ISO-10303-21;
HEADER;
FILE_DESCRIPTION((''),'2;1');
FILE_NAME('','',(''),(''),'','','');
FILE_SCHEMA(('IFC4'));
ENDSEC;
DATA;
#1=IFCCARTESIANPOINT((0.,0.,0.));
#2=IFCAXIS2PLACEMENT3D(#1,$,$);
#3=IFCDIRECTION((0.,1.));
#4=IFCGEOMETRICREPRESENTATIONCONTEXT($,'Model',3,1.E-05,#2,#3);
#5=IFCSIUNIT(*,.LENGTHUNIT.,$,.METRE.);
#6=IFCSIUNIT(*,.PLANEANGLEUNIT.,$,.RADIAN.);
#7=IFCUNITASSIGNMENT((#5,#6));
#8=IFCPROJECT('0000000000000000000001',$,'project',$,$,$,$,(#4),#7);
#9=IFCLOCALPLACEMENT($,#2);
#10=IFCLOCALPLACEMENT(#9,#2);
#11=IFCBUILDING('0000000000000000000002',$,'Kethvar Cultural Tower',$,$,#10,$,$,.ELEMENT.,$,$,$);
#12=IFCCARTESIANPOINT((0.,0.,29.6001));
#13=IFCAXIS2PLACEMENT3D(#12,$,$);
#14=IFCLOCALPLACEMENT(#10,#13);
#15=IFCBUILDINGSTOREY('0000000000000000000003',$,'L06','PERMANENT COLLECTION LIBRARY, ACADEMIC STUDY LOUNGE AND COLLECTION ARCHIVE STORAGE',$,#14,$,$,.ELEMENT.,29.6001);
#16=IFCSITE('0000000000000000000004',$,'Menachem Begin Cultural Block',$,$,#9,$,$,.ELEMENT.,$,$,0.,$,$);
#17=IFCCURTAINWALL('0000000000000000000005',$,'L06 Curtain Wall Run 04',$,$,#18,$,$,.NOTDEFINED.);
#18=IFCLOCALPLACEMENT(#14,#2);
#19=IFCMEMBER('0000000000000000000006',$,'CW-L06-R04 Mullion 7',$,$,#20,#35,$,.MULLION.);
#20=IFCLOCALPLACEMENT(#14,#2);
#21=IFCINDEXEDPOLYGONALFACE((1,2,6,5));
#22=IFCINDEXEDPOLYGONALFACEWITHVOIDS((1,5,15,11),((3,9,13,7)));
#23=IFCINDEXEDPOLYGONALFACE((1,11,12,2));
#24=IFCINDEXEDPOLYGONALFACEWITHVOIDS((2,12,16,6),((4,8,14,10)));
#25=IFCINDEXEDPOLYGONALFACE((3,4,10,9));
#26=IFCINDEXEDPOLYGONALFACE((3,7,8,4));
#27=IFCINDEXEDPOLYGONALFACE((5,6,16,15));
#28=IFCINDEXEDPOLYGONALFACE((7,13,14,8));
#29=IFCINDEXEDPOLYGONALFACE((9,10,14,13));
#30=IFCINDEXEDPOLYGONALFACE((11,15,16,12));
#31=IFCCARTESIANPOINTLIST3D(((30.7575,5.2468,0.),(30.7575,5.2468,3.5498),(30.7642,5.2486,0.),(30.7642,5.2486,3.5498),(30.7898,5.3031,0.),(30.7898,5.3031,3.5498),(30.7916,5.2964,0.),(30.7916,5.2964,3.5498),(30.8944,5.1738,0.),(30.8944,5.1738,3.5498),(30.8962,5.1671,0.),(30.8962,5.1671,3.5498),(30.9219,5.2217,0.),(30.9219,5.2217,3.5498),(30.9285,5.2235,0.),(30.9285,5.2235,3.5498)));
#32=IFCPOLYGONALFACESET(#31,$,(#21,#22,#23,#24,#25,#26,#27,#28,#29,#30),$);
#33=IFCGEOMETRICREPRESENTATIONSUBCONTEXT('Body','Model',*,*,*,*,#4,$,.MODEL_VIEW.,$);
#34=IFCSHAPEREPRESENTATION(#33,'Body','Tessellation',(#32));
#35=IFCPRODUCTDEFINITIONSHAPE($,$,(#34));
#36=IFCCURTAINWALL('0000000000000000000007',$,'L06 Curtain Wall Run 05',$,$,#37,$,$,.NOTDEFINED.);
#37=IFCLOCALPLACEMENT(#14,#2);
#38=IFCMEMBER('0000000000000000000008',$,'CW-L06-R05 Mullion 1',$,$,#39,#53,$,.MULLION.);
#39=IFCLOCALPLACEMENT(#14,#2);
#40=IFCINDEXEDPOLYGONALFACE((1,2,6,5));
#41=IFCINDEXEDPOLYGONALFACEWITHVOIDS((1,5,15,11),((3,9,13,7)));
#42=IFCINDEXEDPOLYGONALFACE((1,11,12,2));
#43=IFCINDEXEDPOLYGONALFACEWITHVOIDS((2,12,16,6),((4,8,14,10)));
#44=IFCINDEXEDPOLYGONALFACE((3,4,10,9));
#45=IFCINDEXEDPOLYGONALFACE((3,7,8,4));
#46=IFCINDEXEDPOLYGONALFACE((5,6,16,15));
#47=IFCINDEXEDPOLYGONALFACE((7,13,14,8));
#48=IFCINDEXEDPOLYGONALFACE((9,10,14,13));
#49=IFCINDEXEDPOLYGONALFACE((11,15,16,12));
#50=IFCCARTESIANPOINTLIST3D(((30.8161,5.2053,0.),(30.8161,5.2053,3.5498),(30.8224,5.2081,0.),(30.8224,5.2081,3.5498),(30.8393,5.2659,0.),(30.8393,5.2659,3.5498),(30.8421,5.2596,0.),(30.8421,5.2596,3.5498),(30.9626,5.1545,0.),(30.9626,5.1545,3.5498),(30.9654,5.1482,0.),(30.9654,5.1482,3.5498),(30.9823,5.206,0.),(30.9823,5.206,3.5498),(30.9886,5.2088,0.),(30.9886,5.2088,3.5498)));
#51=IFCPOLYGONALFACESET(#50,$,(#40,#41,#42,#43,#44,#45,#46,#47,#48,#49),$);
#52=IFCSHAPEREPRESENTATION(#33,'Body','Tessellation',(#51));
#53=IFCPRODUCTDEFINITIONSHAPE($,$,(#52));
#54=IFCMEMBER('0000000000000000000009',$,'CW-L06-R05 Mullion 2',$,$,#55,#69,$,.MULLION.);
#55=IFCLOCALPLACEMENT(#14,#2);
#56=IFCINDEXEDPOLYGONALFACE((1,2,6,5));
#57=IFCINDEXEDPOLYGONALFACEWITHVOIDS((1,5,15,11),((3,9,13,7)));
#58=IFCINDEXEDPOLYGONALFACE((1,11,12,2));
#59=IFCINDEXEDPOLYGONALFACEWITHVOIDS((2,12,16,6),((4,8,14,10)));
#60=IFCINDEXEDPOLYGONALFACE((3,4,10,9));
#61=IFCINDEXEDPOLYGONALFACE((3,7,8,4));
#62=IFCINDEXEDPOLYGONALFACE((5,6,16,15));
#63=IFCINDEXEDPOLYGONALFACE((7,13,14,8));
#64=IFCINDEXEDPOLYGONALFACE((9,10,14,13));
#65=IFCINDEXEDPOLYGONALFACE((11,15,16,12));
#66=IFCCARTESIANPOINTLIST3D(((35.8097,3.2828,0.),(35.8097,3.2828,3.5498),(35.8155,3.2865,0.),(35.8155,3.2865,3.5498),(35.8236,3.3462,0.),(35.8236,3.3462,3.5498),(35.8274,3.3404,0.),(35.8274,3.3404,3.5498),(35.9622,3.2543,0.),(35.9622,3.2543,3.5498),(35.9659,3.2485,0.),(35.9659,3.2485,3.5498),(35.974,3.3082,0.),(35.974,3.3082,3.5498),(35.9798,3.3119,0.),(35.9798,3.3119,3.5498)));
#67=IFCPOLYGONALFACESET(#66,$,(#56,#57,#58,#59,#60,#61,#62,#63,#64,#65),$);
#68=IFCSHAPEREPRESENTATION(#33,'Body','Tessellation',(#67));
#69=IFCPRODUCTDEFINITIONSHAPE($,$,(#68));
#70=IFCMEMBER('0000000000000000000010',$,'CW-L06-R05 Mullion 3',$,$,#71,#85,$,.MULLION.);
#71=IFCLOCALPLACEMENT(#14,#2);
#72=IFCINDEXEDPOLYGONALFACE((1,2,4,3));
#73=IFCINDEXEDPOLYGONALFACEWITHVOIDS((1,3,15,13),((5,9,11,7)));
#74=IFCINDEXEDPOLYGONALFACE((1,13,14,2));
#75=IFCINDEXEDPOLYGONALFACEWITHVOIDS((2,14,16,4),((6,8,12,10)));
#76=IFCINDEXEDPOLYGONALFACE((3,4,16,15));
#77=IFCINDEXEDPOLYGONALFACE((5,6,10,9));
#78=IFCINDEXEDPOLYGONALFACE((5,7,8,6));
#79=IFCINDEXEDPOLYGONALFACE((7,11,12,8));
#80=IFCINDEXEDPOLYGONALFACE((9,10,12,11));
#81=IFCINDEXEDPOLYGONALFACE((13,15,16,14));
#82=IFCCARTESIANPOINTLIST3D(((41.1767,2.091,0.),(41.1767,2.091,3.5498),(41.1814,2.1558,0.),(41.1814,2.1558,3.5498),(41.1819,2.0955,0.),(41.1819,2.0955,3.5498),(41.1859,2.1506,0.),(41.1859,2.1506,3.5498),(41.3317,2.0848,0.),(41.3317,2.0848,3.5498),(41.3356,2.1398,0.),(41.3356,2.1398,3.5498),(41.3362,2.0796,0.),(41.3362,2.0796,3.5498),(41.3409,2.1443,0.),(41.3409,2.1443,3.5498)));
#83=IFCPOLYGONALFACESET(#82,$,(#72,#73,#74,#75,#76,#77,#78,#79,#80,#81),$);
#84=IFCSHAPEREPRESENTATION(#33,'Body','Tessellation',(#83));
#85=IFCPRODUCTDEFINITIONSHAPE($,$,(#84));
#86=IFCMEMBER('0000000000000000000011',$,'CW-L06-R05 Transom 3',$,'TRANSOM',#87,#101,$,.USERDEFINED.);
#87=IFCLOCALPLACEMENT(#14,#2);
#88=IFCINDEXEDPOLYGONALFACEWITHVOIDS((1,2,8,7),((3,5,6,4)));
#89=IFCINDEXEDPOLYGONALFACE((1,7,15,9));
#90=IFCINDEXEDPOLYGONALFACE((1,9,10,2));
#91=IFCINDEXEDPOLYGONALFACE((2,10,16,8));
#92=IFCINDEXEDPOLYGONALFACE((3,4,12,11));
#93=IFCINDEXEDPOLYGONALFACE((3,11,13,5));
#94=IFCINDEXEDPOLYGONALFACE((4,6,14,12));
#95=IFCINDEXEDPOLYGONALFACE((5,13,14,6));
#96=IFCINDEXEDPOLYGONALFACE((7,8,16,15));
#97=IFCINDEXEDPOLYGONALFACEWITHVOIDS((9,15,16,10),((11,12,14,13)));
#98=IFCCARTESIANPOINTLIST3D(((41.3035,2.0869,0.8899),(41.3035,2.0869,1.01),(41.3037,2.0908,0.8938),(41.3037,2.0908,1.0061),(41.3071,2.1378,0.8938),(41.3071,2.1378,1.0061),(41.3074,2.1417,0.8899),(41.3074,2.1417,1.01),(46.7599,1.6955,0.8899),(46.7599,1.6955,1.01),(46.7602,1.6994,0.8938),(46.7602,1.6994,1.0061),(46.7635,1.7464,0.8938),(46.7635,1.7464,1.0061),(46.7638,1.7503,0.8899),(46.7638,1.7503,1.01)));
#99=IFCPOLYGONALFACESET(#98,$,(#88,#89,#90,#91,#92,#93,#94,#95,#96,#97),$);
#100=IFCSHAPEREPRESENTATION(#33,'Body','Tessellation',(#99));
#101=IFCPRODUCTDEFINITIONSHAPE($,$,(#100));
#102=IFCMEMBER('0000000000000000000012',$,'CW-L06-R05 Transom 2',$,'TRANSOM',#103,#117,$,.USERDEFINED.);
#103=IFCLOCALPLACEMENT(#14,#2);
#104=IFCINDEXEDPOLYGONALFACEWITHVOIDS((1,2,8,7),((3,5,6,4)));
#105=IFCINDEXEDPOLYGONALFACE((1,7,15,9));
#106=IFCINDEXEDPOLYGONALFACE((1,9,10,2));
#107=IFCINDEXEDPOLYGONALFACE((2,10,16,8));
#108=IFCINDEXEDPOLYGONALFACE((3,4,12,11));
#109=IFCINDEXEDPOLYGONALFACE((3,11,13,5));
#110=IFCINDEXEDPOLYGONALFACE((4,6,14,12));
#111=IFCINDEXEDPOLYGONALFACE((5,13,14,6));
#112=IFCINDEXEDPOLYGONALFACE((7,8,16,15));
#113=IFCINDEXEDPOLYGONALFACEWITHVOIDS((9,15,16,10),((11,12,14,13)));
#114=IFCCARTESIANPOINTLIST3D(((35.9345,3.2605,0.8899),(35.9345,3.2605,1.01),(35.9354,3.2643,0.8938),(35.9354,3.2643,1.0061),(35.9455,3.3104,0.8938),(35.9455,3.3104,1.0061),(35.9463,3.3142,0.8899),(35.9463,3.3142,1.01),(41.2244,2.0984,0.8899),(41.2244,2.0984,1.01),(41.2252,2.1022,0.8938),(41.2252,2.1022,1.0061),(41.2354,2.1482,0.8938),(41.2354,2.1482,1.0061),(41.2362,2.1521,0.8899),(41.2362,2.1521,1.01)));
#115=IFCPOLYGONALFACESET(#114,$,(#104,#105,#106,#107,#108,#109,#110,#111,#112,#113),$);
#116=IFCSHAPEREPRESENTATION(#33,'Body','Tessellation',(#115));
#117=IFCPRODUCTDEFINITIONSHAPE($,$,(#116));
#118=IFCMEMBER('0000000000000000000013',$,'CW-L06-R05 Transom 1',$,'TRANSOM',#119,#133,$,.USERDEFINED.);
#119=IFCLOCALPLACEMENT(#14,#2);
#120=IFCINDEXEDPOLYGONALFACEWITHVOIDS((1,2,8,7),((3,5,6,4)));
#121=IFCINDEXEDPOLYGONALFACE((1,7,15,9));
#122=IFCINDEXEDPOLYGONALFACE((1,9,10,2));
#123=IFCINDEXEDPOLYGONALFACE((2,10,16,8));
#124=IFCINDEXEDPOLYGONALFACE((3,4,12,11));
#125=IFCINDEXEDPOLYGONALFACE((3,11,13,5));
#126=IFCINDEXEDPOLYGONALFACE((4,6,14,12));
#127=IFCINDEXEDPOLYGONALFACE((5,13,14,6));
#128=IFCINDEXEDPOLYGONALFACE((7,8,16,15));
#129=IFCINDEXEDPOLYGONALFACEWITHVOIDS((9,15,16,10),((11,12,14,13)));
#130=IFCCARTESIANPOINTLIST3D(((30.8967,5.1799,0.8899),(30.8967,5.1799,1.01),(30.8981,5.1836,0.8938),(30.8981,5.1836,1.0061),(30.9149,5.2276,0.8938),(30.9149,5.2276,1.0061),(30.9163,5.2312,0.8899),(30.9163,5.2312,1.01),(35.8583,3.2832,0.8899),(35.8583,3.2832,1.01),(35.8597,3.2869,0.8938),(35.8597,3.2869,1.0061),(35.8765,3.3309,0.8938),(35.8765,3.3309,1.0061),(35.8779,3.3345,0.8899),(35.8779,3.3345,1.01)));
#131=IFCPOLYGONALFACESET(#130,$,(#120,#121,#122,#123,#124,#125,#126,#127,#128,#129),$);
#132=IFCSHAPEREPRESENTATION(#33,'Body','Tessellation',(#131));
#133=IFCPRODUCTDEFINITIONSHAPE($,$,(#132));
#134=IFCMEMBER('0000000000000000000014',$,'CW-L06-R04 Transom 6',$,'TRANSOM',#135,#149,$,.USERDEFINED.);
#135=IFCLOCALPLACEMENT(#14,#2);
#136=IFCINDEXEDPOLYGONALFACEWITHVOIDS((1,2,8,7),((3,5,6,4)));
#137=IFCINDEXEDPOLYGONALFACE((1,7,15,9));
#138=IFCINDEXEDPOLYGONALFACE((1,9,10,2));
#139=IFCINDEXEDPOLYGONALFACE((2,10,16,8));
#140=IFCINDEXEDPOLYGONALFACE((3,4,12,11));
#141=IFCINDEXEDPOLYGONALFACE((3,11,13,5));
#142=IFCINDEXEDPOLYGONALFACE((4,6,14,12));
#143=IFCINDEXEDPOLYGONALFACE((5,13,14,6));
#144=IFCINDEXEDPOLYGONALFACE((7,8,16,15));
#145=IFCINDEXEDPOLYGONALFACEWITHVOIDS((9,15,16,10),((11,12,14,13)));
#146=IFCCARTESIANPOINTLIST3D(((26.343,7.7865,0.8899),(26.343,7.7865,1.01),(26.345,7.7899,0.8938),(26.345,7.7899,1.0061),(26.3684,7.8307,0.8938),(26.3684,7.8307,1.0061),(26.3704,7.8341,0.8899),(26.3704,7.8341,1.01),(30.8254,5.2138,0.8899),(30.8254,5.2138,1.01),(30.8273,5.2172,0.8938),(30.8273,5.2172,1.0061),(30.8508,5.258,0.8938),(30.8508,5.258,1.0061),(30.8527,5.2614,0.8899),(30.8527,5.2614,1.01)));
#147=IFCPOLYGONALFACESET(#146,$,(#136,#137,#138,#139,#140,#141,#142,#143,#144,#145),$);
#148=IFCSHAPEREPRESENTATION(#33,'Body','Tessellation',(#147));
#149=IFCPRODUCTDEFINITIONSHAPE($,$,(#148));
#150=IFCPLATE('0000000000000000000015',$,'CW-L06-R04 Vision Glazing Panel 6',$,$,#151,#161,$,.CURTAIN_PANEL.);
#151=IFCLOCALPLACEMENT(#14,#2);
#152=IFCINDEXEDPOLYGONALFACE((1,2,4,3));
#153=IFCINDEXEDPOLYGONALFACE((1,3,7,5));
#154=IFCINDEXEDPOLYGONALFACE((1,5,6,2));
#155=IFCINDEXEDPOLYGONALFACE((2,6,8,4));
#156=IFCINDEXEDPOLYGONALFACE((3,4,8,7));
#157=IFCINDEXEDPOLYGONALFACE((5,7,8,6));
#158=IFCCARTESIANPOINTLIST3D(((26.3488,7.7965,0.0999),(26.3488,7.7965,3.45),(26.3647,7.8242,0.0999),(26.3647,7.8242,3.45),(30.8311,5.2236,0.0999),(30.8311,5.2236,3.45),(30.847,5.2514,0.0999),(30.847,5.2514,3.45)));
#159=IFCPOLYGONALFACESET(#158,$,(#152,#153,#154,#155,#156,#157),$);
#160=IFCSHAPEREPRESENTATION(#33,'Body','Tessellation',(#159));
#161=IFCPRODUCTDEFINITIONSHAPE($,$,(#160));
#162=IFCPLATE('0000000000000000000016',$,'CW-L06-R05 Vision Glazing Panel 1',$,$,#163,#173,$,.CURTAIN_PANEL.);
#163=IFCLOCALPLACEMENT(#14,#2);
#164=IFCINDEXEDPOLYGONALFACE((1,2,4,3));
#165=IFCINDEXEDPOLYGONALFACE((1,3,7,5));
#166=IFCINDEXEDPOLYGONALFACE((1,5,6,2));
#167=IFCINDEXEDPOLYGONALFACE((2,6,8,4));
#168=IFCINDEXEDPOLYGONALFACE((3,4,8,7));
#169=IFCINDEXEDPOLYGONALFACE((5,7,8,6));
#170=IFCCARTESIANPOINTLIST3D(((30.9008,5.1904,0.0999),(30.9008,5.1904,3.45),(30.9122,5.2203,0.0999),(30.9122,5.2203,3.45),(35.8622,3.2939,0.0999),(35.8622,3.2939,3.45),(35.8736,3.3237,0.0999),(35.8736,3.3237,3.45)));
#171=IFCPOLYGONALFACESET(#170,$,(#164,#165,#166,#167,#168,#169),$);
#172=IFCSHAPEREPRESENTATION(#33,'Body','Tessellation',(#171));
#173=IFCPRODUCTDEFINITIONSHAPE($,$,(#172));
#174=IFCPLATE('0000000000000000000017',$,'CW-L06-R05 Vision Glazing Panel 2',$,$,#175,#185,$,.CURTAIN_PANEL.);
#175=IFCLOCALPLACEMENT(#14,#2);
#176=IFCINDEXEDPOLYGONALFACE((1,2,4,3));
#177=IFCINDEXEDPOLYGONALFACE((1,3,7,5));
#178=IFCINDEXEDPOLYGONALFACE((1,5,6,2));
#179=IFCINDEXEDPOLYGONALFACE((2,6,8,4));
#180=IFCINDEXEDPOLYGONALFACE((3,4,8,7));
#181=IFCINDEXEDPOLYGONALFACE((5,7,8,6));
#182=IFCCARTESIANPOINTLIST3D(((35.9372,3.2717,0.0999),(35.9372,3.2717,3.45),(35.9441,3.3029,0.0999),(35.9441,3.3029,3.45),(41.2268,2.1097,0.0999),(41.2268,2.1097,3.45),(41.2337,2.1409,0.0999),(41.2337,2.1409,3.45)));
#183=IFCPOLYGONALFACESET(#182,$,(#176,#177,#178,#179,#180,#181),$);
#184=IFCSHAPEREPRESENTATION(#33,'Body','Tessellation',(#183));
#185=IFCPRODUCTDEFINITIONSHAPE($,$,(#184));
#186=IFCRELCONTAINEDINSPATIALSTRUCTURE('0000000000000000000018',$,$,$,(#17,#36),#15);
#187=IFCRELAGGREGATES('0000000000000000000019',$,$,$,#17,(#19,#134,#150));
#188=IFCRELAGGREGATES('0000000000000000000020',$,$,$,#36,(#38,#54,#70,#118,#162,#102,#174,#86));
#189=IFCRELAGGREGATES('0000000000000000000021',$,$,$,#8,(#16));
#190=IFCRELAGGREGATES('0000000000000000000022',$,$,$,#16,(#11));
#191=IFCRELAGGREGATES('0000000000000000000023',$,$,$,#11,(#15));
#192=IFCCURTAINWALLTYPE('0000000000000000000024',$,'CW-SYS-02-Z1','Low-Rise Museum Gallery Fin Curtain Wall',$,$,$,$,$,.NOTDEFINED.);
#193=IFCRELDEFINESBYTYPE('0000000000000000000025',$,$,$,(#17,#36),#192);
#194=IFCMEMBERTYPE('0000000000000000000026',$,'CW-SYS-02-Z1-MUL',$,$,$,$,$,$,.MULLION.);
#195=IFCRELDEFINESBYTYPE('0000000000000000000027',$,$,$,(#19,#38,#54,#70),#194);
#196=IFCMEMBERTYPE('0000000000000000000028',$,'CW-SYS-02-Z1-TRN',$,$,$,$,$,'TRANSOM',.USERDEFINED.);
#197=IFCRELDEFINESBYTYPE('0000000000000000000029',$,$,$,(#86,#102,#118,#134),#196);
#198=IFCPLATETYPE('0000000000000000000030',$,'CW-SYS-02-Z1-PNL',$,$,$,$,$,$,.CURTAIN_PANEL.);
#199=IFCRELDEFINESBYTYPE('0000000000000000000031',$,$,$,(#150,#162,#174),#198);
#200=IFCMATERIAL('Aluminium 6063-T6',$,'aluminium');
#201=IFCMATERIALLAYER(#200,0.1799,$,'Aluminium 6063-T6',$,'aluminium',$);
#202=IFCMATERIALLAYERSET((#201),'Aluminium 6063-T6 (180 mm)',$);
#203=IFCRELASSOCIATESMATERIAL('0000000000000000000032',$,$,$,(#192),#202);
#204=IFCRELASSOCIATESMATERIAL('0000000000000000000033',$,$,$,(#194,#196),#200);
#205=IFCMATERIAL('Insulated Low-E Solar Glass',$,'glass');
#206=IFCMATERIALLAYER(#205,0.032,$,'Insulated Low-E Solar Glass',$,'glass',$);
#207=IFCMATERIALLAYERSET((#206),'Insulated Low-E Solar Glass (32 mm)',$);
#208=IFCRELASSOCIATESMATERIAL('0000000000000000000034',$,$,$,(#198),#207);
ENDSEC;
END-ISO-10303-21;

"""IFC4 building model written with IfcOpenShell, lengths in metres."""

from ifc_helpers import new_model, si_unit, direction, frame, origin, origin_2d, place, context, subcontext, project, spatial, rectangle, hollow_rectangle, extrude, source, transform, mapped, material, layer, layer_set, material_profile, profile_set, type_object, element, aggregate, save


model = new_model("IFC4")

# Units and contexts
model_context = context("Model", 3, precision=1e-05, world=origin(), true_north=direction((0.0, 1.0)))
body_context = subcontext(model_context, "Body", "Model", "MODEL_VIEW")
ifc_project = project(units=[si_unit("LENGTHUNIT", "METRE"), si_unit("PLANEANGLEUNIT", "RADIAN")], contexts=[model_context])

# Site, building, storey
site_placement = place(None, origin())
site = spatial("IfcSite", under=ifc_project, at=site_placement, Name="Menachem Begin Cultural Block", CompositionType="ELEMENT", RefElevation=0.0)
building_placement = place(site_placement, origin())
building = spatial("IfcBuilding", under=site, at=building_placement, Name="Kethvar Cultural Tower", CompositionType="ELEMENT")
storey_placement = place(building_placement, frame((0.0, 0.0, 29.6001)))
storey = spatial("IfcBuildingStorey", under=building, at=storey_placement, Name="L06", Description="PERMANENT COLLECTION LIBRARY, ACADEMIC STUDY LOUNGE AND COLLECTION ARCHIVE STORAGE", CompositionType="ELEMENT", Elevation=29.6001)

# Curtain wall, member
ifc_material_1 = material(Name="Aluminium 6063-T6", Category="aluminium")
ifc_layer_1 = layer(ifc_material_1, 0.1799, Name="Aluminium 6063-T6", Category="aluminium")
ifc_layer_set_1 = layer_set([ifc_layer_1], Name="Aluminium 6063-T6 (180 mm)")
curtain_wall_type = type_object("IfcCurtainWallType", Name="CW-SYS-02-Z1", Description="Low-Rise Museum Gallery Fin Curtain Wall", PredefinedType="NOTDEFINED", material=ifc_layer_set_1)
curtain_wall_1_placement = place(storey_placement, origin())
curtain_wall_1 = element("IfcCurtainWall", 1, at=curtain_wall_1_placement, inside=storey, type_object=curtain_wall_type, Name="L06 Curtain Wall Run 04", PredefinedType="NOTDEFINED")
ifc_material_profile_1 = material_profile(ifc_material_1, hollow_rectangle(XDim=0.0649, YDim=0.1599, WallThickness=0.0049, at=origin_2d()), Name="Aluminium 6063-T6 — RHS160x65x5")
ifc_profile_set_1 = profile_set([ifc_material_profile_1], Name="Aluminium 6063-T6 — RHS160x65x5")
member_type_1 = type_object("IfcMemberType", Name="CW-SYS-02-Z1-MUL", PredefinedType="MULLION", material=ifc_profile_set_1)
shared_shape_1 = source(origin(), body_context, "Body", "SweptSolid", [
    extrude(hollow_rectangle(XDim=0.0649, YDim=0.1599, WallThickness=0.0049, at=origin_2d()), origin(), (0.0, 0.0, 1.0), 3.5498),
])
member_1_placement = place(storey_placement, frame((30.843, 5.2351, 0.0), z_axis=(0.0, 0.0, 1.0), x_axis=(0.497822, 0.867279, 0.0)))
member_1 = element("IfcMember", 2, at=member_1_placement, type_object=member_type_1, Name="CW-L06-R04 Mullion 7", PredefinedType="MULLION", context=body_context, shape_type="MappedRepresentation", body=[
    mapped(shared_shape_1, transform((0.0, 0.0, 0.0), scale=1.0)),
])

# Curtain wall, members
curtain_wall_2_placement = place(storey_placement, origin())
curtain_wall_2 = element("IfcCurtainWall", 3, at=curtain_wall_2_placement, inside=storey, type_object=curtain_wall_type, Name="L06 Curtain Wall Run 05", PredefinedType="NOTDEFINED")
member_2_placement = place(storey_placement, frame((30.9023, 5.207, 0.0), z_axis=(0.0, 0.0, 1.0), x_axis=(0.357064, 0.93408, 0.0)))
member_2 = element("IfcMember", 4, at=member_2_placement, type_object=member_type_1, Name="CW-L06-R05 Mullion 1", PredefinedType="MULLION", context=body_context, shape_type="MappedRepresentation", body=[
    mapped(shared_shape_1, transform((0.0, 0.0, 0.0), scale=1.0)),
])
member_3_placement = place(storey_placement, frame((35.8948, 3.2974, 0.0), z_axis=(0.0, 0.0, 1.0), x_axis=(0.214565, 0.97671, 0.0)))
member_3 = element("IfcMember", 5, at=member_3_placement, type_object=member_type_1, Name="CW-L06-R05 Mullion 2", PredefinedType="MULLION", context=body_context, shape_type="MappedRepresentation", body=[
    mapped(shared_shape_1, transform((0.0, 0.0, 0.0), scale=1.0)),
])
member_4_placement = place(storey_placement, frame((41.2588, 2.1177, 0.0), z_axis=(0.0, 0.0, 1.0), x_axis=(0.071532, 0.997438, 0.0)))
member_4 = element("IfcMember", 6, at=member_4_placement, type_object=member_type_1, Name="CW-L06-R05 Mullion 3", PredefinedType="MULLION", context=body_context, shape_type="MappedRepresentation", body=[
    mapped(shared_shape_1, transform((0.0, 0.0, 0.0), scale=1.0)),
])
ifc_material_profile_2 = material_profile(ifc_material_1, hollow_rectangle(XDim=0.0549, YDim=0.1201, WallThickness=0.0039, at=origin_2d()), Name="Aluminium 6063-T6 — RHS120x55x4")
ifc_profile_set_2 = profile_set([ifc_material_profile_2], Name="Aluminium 6063-T6 — RHS120x55x4")
member_type_2 = type_object("IfcMemberType", Name="CW-SYS-02-Z1-TRN", ElementType="TRANSOM", PredefinedType="USERDEFINED", material=ifc_profile_set_2)
shared_shape_2 = source(origin(), body_context, "Body", "SweptSolid", [
    extrude(hollow_rectangle(XDim=0.0549, YDim=0.1201, WallThickness=0.0039, at=origin_2d()), origin(), (0.0, 0.0, 1.0), 5.4705),
])
member_5_placement = place(storey_placement, frame((41.3054, 2.1143, 0.95), z_axis=(0.997438, -0.071539, 0.0), x_axis=(0.071539, 0.997438, 0.0)))
member_5 = element("IfcMember", 7, at=member_5_placement, type_object=member_type_2, Name="CW-L06-R05 Transom 3", ObjectType="TRANSOM", PredefinedType="USERDEFINED", context=body_context, shape_type="MappedRepresentation", body=[
    mapped(shared_shape_2, transform((0.0, 0.0, 0.0), scale=1.0)),
])
shared_shape_3 = source(origin(), body_context, "Body", "SweptSolid", [
    extrude(hollow_rectangle(XDim=0.0549, YDim=0.1201, WallThickness=0.0039, at=origin_2d()), origin(), (0.0, 0.0, 1.0), 5.416),
])
member_6_placement = place(storey_placement, frame((35.9404, 3.2874, 0.95), z_axis=(0.976708, -0.214572, 0.0), x_axis=(0.214572, 0.976708, 0.0)))
member_6 = element("IfcMember", 8, at=member_6_placement, type_object=member_type_2, Name="CW-L06-R05 Transom 2", ObjectType="TRANSOM", PredefinedType="USERDEFINED", context=body_context, shape_type="MappedRepresentation", body=[
    mapped(shared_shape_3, transform((0.0, 0.0, 0.0), scale=1.0)),
])
shared_shape_4 = source(origin(), body_context, "Body", "SweptSolid", [
    extrude(hollow_rectangle(XDim=0.0549, YDim=0.1201, WallThickness=0.0039, at=origin_2d()), origin(), (0.0, 0.0, 1.0), 5.3118),
])
member_7_placement = place(storey_placement, frame((30.9065, 5.2056, 0.95), z_axis=(0.934076, -0.357075, 0.0), x_axis=(0.357075, 0.934076, 0.0)))
member_7 = element("IfcMember", 9, at=member_7_placement, type_object=member_type_2, Name="CW-L06-R05 Transom 1", ObjectType="TRANSOM", PredefinedType="USERDEFINED", context=body_context, shape_type="MappedRepresentation", body=[
    mapped(shared_shape_4, transform((0.0, 0.0, 0.0), scale=1.0)),
])

# Member
shared_shape_5 = source(origin(), body_context, "Body", "SweptSolid", [
    extrude(hollow_rectangle(XDim=0.0549, YDim=0.1201, WallThickness=0.0039, at=origin_2d()), origin(), (0.0, 0.0, 1.0), 5.1682),
])
member_8_placement = place(storey_placement, frame((26.3567, 7.8103, 0.95), z_axis=(0.867294, -0.497796, 0.0), x_axis=(0.497796, 0.867294, 0.0)))
member_8 = element("IfcMember", 10, at=member_8_placement, type_object=member_type_2, Name="CW-L06-R04 Transom 6", ObjectType="TRANSOM", PredefinedType="USERDEFINED", context=body_context, shape_type="MappedRepresentation", body=[
    mapped(shared_shape_5, transform((0.0, 0.0, 0.0), scale=1.0)),
])

# Plates
ifc_material_2 = material(Name="Insulated Low-E Solar Glass", Category="glass")
ifc_layer_2 = layer(ifc_material_2, 0.032, Name="Insulated Low-E Solar Glass", Category="glass")
ifc_layer_set_2 = layer_set([ifc_layer_2], Name="Insulated Low-E Solar Glass (32 mm)")
plate_type = type_object("IfcPlateType", Name="CW-SYS-02-Z1-PNL", PredefinedType="CURTAIN_PANEL", material=ifc_layer_set_2)
shared_shape_6 = source(origin(), body_context, "Body", "SweptSolid", [
    extrude(rectangle(XDim=5.1682, YDim=0.032, at=origin_2d()), origin(), (0.0, 0.0, 1.0), 3.3501),
])
plate_1_placement = place(storey_placement, frame((28.5979, 6.5239, 0.0999), z_axis=(0.0, 0.0, 1.0), x_axis=(0.867279, -0.497822, 0.0)))
plate_1 = element("IfcPlate", 11, at=plate_1_placement, type_object=plate_type, Name="CW-L06-R04 Vision Glazing Panel 6", PredefinedType="CURTAIN_PANEL", context=body_context, shape_type="MappedRepresentation", body=[
    mapped(shared_shape_6, transform((0.0, 0.0, 0.0), scale=1.0)),
])
aggregate(curtain_wall_1, [member_1, member_8, plate_1])
shared_shape_7 = source(origin(), body_context, "Body", "SweptSolid", [
    extrude(rectangle(XDim=5.3115, YDim=0.032, at=origin_2d()), origin(), (0.0, 0.0, 1.0), 3.3501),
])
plate_2_placement = place(storey_placement, frame((33.3872, 4.2571, 0.0999), z_axis=(0.0, 0.0, 1.0), x_axis=(0.93408, -0.357064, 0.0)))
plate_2 = element("IfcPlate", 12, at=plate_2_placement, type_object=plate_type, Name="CW-L06-R05 Vision Glazing Panel 1", PredefinedType="CURTAIN_PANEL", context=body_context, shape_type="MappedRepresentation", body=[
    mapped(shared_shape_7, transform((0.0, 0.0, 0.0), scale=1.0)),
])
shared_shape_8 = source(origin(), body_context, "Body", "SweptSolid", [
    extrude(rectangle(XDim=5.4158, YDim=0.032, at=origin_2d()), origin(), (0.0, 0.0, 1.0), 3.3501),
])
plate_3_placement = place(storey_placement, frame((38.5854, 2.7063, 0.0999), z_axis=(0.0, 0.0, 1.0), x_axis=(0.97671, -0.214565, 0.0)))
plate_3 = element("IfcPlate", 13, at=plate_3_placement, type_object=plate_type, Name="CW-L06-R05 Vision Glazing Panel 2", PredefinedType="CURTAIN_PANEL", context=body_context, shape_type="MappedRepresentation", body=[
    mapped(shared_shape_8, transform((0.0, 0.0, 0.0), scale=1.0)),
])
aggregate(curtain_wall_2, [member_2, member_3, member_4, member_7, plate_2, member_6, plate_3, member_5])

save(model, "model.ifc")
